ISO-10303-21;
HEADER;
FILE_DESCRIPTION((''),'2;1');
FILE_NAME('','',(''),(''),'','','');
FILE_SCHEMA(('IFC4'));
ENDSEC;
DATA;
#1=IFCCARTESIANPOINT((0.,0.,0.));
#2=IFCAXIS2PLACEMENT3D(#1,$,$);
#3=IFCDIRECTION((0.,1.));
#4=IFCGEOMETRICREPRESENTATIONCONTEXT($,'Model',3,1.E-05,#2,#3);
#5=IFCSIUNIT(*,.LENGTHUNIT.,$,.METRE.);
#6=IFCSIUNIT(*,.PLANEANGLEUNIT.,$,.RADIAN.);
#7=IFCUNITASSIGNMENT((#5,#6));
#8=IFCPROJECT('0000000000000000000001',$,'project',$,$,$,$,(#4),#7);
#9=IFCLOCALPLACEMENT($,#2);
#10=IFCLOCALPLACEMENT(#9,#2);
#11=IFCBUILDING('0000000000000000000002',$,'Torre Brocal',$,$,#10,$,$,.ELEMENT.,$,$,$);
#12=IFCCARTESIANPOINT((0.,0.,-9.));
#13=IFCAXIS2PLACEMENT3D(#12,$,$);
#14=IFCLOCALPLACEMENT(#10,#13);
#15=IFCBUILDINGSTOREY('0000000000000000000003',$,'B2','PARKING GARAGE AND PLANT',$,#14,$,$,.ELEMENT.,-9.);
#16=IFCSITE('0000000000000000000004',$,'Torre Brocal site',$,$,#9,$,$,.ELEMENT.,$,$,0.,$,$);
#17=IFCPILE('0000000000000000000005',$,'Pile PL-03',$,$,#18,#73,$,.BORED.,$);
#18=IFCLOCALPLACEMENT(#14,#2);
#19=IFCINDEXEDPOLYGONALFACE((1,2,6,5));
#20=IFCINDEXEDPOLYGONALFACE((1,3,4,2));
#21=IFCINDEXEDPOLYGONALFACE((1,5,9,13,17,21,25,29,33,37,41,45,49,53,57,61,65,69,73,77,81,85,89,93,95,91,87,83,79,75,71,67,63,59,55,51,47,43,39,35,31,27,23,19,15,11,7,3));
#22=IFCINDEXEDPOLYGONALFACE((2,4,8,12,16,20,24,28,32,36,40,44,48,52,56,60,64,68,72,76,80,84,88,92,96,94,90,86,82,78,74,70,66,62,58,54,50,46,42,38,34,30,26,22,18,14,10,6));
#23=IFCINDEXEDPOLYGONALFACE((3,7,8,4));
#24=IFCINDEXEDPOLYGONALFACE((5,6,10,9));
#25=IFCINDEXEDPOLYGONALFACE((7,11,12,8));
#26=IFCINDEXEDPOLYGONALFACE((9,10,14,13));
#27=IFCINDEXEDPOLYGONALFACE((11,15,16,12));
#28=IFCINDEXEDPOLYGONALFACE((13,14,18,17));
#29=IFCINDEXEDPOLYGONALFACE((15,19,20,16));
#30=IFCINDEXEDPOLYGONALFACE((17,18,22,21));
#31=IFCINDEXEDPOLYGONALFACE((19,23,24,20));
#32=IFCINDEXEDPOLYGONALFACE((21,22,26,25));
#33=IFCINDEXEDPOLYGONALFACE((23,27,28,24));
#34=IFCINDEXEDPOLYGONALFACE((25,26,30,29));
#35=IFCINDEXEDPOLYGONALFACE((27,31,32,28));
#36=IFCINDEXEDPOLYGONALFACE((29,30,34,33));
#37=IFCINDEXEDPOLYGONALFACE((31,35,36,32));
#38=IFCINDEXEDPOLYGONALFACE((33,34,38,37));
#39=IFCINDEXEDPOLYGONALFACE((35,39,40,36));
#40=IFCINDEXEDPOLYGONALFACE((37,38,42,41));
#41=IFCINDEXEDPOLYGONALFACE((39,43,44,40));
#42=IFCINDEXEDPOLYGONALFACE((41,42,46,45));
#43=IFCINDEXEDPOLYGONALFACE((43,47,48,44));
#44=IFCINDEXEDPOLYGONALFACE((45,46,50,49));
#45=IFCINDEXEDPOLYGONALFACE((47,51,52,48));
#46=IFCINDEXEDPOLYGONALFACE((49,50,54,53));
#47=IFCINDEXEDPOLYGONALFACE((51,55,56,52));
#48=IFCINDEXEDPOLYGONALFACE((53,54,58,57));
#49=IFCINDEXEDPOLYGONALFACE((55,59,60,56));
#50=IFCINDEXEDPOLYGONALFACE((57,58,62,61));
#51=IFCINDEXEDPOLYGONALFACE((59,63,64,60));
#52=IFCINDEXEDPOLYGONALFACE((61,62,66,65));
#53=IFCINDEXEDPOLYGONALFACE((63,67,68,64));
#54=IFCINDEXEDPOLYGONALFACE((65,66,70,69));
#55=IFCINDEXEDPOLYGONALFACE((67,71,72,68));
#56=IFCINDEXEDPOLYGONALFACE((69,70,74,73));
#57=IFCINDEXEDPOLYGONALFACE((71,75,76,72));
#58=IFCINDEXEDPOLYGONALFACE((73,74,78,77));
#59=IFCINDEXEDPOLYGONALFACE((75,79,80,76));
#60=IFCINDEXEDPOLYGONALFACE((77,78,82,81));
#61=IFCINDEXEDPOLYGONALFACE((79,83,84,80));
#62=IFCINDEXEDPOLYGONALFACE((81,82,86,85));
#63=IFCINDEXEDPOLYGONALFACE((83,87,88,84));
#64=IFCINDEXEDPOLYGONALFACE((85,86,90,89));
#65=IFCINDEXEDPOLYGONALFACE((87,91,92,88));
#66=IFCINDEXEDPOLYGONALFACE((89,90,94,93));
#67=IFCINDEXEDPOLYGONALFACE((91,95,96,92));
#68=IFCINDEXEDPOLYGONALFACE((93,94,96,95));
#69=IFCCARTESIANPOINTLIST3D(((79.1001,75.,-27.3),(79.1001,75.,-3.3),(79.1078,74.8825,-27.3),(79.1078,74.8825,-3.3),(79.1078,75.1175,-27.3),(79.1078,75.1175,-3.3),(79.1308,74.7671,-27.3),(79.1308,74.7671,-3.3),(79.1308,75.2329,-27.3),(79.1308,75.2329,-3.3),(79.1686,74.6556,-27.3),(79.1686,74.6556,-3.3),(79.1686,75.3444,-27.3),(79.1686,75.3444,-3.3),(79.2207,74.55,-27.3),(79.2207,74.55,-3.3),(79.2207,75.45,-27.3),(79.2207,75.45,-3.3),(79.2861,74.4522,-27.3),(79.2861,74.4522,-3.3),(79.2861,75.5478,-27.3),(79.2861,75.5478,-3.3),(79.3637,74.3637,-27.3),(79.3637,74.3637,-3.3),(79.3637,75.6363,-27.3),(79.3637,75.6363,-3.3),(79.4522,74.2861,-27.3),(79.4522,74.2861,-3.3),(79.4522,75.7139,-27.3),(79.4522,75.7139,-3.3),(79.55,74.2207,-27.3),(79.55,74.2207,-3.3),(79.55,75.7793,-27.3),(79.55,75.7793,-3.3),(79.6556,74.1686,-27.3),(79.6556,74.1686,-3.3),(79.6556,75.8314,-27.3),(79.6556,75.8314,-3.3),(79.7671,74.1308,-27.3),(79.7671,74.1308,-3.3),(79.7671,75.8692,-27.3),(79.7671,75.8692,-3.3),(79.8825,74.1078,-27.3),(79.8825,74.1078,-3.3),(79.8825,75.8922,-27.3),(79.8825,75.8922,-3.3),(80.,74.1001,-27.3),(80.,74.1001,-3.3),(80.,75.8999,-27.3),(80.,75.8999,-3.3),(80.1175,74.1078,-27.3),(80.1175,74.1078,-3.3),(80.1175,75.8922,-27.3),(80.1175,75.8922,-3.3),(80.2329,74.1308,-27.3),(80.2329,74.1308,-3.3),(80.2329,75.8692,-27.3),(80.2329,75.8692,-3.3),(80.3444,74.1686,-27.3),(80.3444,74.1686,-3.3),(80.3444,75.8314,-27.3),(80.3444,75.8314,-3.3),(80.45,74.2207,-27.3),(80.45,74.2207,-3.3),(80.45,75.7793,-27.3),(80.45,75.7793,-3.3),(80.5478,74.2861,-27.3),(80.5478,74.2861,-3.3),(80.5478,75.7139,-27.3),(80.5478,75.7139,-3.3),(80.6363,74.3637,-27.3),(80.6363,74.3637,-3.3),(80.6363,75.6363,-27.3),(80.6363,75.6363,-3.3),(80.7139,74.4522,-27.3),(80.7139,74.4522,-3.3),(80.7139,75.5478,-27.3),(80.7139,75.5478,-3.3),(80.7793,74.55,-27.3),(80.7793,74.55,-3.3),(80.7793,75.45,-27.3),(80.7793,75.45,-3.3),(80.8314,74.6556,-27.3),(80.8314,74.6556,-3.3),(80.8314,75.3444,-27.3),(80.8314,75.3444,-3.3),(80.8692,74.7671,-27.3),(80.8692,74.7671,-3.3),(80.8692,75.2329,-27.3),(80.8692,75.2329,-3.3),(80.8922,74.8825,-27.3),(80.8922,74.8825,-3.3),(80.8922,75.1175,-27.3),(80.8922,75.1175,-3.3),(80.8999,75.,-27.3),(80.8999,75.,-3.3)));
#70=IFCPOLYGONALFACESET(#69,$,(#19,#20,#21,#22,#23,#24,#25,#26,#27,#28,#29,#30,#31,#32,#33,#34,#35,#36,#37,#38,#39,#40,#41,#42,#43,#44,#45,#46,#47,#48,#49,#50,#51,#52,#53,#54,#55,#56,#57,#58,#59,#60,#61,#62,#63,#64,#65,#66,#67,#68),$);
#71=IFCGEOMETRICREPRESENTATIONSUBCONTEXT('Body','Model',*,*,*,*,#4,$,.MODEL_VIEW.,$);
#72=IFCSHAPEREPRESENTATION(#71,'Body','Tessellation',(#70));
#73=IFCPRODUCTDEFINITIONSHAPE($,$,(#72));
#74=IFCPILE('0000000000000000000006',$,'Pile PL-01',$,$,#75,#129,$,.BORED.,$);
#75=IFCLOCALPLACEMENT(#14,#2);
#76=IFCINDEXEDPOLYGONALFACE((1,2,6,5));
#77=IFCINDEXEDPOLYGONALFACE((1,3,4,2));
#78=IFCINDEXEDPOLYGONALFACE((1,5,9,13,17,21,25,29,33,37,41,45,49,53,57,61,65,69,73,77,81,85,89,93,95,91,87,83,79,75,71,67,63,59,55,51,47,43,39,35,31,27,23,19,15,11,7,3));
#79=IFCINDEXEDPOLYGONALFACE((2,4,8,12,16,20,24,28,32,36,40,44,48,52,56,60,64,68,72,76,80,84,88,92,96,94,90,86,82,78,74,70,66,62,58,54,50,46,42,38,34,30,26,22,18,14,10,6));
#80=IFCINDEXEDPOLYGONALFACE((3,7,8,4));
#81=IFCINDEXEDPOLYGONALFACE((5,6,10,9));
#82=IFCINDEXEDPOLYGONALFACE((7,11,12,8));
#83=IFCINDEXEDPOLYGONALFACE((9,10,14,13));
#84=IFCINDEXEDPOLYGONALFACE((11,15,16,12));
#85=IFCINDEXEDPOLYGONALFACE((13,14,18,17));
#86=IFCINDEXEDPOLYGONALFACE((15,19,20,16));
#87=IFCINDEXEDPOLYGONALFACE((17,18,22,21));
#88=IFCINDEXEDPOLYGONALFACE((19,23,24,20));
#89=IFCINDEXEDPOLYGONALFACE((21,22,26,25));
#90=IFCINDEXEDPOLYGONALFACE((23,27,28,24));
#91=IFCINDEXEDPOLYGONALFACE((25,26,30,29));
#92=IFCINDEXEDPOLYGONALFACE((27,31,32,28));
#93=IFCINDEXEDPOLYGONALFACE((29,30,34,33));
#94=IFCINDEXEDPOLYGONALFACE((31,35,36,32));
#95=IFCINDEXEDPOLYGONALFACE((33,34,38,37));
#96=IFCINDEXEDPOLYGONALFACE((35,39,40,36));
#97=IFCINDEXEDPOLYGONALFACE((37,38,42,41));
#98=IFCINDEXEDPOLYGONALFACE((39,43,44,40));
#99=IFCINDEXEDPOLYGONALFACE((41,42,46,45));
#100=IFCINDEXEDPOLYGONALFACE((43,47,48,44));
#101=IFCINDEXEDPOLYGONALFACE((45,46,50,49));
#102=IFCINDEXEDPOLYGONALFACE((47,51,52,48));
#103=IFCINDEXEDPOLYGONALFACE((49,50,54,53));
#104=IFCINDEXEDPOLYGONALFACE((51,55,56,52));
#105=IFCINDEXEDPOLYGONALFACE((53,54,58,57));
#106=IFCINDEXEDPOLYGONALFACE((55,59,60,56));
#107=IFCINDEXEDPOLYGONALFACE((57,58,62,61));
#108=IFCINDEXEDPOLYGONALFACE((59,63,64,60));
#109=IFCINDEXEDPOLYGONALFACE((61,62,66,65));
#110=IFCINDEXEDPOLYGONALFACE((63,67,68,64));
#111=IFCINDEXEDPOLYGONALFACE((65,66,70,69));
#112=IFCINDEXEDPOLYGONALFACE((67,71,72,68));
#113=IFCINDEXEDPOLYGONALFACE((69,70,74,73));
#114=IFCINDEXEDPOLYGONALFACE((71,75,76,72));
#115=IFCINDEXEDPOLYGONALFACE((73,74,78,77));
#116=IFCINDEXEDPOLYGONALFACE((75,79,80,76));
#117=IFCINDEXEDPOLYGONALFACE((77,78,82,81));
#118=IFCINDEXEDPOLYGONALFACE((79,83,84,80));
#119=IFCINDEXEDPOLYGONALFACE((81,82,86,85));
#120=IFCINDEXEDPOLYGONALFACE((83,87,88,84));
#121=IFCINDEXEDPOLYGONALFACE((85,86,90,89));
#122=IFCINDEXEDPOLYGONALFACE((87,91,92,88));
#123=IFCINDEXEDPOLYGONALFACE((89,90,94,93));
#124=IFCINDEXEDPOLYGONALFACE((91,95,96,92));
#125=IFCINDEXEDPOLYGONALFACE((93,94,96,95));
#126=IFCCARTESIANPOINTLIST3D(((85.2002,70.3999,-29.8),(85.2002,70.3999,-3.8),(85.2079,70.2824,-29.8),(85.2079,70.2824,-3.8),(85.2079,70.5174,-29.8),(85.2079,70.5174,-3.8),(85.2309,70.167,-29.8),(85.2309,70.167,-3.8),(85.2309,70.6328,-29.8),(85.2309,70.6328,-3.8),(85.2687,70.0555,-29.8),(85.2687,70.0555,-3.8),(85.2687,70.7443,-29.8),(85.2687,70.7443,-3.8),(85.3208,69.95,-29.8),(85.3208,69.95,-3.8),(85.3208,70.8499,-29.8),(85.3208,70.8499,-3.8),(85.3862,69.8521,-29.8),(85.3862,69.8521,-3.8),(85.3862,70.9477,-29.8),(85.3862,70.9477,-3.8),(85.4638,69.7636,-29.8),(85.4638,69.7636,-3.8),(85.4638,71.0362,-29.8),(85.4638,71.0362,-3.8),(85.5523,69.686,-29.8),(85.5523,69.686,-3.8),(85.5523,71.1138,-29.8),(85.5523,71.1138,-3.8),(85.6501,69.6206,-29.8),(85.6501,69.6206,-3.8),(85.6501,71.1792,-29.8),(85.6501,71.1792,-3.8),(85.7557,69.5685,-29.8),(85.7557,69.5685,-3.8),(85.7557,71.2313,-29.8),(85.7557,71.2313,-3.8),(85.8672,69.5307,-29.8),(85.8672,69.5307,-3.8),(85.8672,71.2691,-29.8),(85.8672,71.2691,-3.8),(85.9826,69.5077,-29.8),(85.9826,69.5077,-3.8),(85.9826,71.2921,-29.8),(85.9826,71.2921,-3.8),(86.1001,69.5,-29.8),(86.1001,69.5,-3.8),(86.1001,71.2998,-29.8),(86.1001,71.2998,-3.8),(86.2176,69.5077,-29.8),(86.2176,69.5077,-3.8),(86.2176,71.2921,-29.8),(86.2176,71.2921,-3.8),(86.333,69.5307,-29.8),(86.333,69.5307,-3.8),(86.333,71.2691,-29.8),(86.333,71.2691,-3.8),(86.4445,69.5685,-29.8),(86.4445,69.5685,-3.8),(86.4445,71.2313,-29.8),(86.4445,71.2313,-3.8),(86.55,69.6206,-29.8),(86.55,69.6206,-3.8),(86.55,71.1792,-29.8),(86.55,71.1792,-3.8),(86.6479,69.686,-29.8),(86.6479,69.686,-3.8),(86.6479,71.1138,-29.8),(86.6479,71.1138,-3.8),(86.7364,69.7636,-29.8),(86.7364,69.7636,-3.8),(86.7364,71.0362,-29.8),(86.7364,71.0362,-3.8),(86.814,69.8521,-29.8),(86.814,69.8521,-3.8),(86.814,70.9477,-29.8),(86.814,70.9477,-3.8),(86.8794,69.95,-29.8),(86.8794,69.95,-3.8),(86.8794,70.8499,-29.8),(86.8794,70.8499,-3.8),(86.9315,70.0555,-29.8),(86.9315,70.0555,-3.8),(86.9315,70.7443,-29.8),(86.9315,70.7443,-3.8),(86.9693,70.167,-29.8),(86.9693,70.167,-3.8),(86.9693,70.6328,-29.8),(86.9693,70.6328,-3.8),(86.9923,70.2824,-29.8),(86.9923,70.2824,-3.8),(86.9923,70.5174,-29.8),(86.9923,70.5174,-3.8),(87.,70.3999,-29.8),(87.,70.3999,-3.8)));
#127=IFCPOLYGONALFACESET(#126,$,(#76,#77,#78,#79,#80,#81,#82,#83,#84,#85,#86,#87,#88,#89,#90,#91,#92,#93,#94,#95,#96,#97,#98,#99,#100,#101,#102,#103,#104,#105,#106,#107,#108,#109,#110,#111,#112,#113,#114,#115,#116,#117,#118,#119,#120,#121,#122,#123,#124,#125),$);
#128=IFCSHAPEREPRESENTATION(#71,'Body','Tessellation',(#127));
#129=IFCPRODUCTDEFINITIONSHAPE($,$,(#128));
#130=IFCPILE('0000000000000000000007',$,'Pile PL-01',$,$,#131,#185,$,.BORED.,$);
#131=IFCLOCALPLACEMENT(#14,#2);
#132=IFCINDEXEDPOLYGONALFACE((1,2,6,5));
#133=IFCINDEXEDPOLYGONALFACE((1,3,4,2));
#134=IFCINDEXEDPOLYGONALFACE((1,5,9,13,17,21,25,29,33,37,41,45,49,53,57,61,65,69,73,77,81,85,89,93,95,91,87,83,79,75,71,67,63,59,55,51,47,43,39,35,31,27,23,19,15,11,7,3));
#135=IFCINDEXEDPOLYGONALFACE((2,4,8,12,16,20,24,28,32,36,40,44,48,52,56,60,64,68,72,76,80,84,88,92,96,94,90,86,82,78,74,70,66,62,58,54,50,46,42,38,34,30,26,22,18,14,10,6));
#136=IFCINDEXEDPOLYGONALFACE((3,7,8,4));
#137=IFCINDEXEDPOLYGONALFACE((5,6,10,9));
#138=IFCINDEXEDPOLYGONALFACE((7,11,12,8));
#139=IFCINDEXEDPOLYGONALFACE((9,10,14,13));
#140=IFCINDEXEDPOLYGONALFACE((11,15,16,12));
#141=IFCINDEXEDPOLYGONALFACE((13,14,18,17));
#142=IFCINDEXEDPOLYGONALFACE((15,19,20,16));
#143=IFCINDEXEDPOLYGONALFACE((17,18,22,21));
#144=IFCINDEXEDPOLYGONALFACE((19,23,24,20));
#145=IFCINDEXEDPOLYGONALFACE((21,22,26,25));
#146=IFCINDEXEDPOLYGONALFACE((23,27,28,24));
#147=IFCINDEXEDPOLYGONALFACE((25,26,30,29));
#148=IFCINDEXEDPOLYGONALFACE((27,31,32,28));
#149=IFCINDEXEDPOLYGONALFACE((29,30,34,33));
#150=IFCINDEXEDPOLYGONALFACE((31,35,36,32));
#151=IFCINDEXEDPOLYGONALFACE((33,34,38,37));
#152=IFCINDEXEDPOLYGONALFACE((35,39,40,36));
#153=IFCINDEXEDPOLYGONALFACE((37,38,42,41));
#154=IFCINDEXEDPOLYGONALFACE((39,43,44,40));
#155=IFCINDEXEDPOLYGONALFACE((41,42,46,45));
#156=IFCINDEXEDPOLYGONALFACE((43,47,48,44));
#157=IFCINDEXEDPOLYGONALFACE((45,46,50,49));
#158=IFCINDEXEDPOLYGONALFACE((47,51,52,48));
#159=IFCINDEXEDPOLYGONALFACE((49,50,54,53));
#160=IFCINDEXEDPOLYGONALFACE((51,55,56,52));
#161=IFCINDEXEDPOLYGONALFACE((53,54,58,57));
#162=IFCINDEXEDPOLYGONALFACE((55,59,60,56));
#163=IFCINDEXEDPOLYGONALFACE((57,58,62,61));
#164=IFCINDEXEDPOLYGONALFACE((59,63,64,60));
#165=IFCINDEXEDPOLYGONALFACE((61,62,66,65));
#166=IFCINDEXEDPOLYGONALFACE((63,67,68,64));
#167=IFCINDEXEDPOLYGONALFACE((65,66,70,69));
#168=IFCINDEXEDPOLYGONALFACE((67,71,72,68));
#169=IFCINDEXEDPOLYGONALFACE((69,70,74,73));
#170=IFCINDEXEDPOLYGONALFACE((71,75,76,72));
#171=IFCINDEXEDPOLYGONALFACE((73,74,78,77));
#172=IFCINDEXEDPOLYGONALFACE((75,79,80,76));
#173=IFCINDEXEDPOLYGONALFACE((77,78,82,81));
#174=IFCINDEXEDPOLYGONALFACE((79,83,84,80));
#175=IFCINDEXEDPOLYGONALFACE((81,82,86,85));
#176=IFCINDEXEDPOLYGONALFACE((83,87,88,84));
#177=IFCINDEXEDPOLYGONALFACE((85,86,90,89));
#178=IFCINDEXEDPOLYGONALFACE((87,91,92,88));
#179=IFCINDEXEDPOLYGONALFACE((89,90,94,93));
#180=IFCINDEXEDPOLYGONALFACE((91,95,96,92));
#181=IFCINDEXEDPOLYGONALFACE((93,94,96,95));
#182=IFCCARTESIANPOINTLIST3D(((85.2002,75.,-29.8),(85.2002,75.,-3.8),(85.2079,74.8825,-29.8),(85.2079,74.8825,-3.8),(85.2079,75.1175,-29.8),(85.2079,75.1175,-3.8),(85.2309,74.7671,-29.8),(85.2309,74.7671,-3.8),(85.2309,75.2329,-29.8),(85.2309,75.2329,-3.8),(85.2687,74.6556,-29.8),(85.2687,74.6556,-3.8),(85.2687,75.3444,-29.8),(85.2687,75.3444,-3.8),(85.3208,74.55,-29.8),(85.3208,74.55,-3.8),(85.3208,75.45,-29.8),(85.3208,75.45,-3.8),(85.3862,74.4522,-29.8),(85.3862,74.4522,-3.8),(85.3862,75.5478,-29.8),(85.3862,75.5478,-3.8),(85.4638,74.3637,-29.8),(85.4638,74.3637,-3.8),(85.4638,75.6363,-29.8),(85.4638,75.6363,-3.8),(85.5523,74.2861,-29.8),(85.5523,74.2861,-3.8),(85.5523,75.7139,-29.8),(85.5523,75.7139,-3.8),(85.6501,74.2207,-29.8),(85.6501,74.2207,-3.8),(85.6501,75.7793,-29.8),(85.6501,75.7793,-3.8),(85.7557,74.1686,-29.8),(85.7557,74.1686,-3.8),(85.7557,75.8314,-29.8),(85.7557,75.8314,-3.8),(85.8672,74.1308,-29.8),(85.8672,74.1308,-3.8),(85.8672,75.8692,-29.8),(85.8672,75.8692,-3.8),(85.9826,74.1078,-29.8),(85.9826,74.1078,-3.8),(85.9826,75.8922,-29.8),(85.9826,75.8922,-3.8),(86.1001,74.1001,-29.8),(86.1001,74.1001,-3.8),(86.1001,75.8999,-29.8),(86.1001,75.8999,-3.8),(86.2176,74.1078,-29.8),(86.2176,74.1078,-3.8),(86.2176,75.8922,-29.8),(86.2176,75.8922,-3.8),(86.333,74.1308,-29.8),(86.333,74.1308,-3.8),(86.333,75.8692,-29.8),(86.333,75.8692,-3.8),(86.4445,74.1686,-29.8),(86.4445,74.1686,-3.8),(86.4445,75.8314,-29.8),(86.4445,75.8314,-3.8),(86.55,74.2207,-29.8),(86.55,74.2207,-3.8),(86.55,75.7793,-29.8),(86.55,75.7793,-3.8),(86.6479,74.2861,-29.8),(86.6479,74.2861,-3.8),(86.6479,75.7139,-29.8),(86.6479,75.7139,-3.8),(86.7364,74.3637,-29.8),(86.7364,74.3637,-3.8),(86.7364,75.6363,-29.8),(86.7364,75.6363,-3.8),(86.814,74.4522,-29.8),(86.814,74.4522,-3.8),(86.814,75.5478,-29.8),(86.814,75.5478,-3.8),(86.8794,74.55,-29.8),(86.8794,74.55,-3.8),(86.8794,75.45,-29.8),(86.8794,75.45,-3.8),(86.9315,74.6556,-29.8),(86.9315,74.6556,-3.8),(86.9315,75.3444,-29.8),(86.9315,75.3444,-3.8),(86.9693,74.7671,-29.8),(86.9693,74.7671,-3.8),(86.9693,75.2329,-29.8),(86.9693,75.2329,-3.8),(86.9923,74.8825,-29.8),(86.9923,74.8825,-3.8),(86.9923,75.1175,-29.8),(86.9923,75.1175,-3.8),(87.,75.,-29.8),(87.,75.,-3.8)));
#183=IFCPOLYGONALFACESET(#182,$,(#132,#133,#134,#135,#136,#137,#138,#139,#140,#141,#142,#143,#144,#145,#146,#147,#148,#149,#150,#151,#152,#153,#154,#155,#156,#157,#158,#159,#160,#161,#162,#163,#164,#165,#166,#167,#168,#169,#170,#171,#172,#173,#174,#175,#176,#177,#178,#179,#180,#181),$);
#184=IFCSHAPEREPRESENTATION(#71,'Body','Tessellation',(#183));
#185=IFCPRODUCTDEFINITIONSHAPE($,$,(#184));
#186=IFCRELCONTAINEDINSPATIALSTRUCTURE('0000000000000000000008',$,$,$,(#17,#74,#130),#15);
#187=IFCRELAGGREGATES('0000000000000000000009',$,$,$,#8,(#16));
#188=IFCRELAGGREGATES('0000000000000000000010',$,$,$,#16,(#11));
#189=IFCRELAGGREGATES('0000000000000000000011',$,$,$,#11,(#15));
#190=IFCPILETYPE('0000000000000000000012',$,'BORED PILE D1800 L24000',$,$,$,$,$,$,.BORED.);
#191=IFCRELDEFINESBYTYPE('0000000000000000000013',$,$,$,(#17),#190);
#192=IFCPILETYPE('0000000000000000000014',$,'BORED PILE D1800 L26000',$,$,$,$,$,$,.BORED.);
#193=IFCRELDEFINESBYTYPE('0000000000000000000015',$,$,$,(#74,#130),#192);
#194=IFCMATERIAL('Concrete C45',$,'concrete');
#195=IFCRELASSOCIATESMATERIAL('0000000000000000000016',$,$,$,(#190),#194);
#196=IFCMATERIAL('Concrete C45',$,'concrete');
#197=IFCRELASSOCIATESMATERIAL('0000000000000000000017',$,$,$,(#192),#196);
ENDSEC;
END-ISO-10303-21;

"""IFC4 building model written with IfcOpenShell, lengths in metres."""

from ifc_helpers import new_model, si_unit, direction, frame, origin, origin_2d, place, context, subcontext, project, spatial, circle, extrude, material, material_profile, profile_set, type_object, element, save


model = new_model("IFC4")

# Units and contexts
model_context = context("Model", 3, precision=1e-05, world=origin(), true_north=direction((0.0, 1.0)))
body_context = subcontext(model_context, "Body", "Model", "MODEL_VIEW")
ifc_project = project(units=[si_unit("LENGTHUNIT", "METRE"), si_unit("PLANEANGLEUNIT", "RADIAN")], contexts=[model_context])

# Site, building, storey
site_placement = place(None, origin())
site = spatial("IfcSite", under=ifc_project, at=site_placement, Name="Torre Brocal site", CompositionType="ELEMENT", RefElevation=0.0)
building_placement = place(site_placement, origin())
building = spatial("IfcBuilding", under=site, at=building_placement, Name="Torre Brocal", CompositionType="ELEMENT")
storey_placement = place(building_placement, frame((0.0, 0.0, -9.0)))
storey = spatial("IfcBuildingStorey", under=building, at=storey_placement, Name="B2", Description="PARKING GARAGE AND PLANT", CompositionType="ELEMENT", Elevation=-9.0)

# Piles
ifc_material_1 = material(Name="Concrete C45", Category="concrete")
ifc_material_profile_1 = material_profile(ifc_material_1, circle(Radius=0.8999, at=origin_2d()), Name="BORED PILE D1800")
ifc_profile_set_1 = profile_set([ifc_material_profile_1], Name="Concrete C45")
pile_type_1 = type_object("IfcPileType", Name="BORED PILE D1800 L24000", PredefinedType="BORED", material=ifc_profile_set_1)
pile_placement = place(storey_placement, frame((80.0, 75.0, -3.3), z_axis=(0.0, 0.0, -1.0), x_axis=(1.0, 0.0, 0.0)))
element("IfcPile", 1, at=pile_placement, inside=storey, type_object=pile_type_1, Name="Pile PL-03", PredefinedType="BORED", context=body_context, shape_type="SweptSolid", body=[
    extrude(circle(Radius=0.8999, at=origin_2d()), origin(), (0.0, 0.0, 1.0), 24.0),
])
ifc_material_2 = material(Name="Concrete C45", Category="concrete")
ifc_material_profile_2 = material_profile(ifc_material_2, circle(Radius=0.8999, at=origin_2d()), Name="BORED PILE D1800")
ifc_profile_set_2 = profile_set([ifc_material_profile_2], Name="Concrete C45")
pile_type_2 = type_object("IfcPileType", Name="BORED PILE D1800 L26000", PredefinedType="BORED", material=ifc_profile_set_2)
for number, where, z_axis, x_axis, name in (
    (2, (86.1001, 70.3999, -3.8), (0.0, 0.0, -1.0), (1.0, 0.0, 0.0), "Pile PL-01"),
    (3, (86.1001, 75.0, -3.8), (0.0, 0.0, -1.0), (1.0, 0.0, 0.0), "Pile PL-01"),
):
    element("IfcPile", number, at=place(storey_placement, frame(where, z_axis=z_axis, x_axis=x_axis)), inside=storey, type_object=pile_type_2, Name=name, PredefinedType="BORED", context=body_context, shape_type="SweptSolid", body=[
        extrude(circle(Radius=0.8999, at=origin_2d()), origin(), (0.0, 0.0, 1.0), 26.0),
    ])

save(model, "model.ifc")
